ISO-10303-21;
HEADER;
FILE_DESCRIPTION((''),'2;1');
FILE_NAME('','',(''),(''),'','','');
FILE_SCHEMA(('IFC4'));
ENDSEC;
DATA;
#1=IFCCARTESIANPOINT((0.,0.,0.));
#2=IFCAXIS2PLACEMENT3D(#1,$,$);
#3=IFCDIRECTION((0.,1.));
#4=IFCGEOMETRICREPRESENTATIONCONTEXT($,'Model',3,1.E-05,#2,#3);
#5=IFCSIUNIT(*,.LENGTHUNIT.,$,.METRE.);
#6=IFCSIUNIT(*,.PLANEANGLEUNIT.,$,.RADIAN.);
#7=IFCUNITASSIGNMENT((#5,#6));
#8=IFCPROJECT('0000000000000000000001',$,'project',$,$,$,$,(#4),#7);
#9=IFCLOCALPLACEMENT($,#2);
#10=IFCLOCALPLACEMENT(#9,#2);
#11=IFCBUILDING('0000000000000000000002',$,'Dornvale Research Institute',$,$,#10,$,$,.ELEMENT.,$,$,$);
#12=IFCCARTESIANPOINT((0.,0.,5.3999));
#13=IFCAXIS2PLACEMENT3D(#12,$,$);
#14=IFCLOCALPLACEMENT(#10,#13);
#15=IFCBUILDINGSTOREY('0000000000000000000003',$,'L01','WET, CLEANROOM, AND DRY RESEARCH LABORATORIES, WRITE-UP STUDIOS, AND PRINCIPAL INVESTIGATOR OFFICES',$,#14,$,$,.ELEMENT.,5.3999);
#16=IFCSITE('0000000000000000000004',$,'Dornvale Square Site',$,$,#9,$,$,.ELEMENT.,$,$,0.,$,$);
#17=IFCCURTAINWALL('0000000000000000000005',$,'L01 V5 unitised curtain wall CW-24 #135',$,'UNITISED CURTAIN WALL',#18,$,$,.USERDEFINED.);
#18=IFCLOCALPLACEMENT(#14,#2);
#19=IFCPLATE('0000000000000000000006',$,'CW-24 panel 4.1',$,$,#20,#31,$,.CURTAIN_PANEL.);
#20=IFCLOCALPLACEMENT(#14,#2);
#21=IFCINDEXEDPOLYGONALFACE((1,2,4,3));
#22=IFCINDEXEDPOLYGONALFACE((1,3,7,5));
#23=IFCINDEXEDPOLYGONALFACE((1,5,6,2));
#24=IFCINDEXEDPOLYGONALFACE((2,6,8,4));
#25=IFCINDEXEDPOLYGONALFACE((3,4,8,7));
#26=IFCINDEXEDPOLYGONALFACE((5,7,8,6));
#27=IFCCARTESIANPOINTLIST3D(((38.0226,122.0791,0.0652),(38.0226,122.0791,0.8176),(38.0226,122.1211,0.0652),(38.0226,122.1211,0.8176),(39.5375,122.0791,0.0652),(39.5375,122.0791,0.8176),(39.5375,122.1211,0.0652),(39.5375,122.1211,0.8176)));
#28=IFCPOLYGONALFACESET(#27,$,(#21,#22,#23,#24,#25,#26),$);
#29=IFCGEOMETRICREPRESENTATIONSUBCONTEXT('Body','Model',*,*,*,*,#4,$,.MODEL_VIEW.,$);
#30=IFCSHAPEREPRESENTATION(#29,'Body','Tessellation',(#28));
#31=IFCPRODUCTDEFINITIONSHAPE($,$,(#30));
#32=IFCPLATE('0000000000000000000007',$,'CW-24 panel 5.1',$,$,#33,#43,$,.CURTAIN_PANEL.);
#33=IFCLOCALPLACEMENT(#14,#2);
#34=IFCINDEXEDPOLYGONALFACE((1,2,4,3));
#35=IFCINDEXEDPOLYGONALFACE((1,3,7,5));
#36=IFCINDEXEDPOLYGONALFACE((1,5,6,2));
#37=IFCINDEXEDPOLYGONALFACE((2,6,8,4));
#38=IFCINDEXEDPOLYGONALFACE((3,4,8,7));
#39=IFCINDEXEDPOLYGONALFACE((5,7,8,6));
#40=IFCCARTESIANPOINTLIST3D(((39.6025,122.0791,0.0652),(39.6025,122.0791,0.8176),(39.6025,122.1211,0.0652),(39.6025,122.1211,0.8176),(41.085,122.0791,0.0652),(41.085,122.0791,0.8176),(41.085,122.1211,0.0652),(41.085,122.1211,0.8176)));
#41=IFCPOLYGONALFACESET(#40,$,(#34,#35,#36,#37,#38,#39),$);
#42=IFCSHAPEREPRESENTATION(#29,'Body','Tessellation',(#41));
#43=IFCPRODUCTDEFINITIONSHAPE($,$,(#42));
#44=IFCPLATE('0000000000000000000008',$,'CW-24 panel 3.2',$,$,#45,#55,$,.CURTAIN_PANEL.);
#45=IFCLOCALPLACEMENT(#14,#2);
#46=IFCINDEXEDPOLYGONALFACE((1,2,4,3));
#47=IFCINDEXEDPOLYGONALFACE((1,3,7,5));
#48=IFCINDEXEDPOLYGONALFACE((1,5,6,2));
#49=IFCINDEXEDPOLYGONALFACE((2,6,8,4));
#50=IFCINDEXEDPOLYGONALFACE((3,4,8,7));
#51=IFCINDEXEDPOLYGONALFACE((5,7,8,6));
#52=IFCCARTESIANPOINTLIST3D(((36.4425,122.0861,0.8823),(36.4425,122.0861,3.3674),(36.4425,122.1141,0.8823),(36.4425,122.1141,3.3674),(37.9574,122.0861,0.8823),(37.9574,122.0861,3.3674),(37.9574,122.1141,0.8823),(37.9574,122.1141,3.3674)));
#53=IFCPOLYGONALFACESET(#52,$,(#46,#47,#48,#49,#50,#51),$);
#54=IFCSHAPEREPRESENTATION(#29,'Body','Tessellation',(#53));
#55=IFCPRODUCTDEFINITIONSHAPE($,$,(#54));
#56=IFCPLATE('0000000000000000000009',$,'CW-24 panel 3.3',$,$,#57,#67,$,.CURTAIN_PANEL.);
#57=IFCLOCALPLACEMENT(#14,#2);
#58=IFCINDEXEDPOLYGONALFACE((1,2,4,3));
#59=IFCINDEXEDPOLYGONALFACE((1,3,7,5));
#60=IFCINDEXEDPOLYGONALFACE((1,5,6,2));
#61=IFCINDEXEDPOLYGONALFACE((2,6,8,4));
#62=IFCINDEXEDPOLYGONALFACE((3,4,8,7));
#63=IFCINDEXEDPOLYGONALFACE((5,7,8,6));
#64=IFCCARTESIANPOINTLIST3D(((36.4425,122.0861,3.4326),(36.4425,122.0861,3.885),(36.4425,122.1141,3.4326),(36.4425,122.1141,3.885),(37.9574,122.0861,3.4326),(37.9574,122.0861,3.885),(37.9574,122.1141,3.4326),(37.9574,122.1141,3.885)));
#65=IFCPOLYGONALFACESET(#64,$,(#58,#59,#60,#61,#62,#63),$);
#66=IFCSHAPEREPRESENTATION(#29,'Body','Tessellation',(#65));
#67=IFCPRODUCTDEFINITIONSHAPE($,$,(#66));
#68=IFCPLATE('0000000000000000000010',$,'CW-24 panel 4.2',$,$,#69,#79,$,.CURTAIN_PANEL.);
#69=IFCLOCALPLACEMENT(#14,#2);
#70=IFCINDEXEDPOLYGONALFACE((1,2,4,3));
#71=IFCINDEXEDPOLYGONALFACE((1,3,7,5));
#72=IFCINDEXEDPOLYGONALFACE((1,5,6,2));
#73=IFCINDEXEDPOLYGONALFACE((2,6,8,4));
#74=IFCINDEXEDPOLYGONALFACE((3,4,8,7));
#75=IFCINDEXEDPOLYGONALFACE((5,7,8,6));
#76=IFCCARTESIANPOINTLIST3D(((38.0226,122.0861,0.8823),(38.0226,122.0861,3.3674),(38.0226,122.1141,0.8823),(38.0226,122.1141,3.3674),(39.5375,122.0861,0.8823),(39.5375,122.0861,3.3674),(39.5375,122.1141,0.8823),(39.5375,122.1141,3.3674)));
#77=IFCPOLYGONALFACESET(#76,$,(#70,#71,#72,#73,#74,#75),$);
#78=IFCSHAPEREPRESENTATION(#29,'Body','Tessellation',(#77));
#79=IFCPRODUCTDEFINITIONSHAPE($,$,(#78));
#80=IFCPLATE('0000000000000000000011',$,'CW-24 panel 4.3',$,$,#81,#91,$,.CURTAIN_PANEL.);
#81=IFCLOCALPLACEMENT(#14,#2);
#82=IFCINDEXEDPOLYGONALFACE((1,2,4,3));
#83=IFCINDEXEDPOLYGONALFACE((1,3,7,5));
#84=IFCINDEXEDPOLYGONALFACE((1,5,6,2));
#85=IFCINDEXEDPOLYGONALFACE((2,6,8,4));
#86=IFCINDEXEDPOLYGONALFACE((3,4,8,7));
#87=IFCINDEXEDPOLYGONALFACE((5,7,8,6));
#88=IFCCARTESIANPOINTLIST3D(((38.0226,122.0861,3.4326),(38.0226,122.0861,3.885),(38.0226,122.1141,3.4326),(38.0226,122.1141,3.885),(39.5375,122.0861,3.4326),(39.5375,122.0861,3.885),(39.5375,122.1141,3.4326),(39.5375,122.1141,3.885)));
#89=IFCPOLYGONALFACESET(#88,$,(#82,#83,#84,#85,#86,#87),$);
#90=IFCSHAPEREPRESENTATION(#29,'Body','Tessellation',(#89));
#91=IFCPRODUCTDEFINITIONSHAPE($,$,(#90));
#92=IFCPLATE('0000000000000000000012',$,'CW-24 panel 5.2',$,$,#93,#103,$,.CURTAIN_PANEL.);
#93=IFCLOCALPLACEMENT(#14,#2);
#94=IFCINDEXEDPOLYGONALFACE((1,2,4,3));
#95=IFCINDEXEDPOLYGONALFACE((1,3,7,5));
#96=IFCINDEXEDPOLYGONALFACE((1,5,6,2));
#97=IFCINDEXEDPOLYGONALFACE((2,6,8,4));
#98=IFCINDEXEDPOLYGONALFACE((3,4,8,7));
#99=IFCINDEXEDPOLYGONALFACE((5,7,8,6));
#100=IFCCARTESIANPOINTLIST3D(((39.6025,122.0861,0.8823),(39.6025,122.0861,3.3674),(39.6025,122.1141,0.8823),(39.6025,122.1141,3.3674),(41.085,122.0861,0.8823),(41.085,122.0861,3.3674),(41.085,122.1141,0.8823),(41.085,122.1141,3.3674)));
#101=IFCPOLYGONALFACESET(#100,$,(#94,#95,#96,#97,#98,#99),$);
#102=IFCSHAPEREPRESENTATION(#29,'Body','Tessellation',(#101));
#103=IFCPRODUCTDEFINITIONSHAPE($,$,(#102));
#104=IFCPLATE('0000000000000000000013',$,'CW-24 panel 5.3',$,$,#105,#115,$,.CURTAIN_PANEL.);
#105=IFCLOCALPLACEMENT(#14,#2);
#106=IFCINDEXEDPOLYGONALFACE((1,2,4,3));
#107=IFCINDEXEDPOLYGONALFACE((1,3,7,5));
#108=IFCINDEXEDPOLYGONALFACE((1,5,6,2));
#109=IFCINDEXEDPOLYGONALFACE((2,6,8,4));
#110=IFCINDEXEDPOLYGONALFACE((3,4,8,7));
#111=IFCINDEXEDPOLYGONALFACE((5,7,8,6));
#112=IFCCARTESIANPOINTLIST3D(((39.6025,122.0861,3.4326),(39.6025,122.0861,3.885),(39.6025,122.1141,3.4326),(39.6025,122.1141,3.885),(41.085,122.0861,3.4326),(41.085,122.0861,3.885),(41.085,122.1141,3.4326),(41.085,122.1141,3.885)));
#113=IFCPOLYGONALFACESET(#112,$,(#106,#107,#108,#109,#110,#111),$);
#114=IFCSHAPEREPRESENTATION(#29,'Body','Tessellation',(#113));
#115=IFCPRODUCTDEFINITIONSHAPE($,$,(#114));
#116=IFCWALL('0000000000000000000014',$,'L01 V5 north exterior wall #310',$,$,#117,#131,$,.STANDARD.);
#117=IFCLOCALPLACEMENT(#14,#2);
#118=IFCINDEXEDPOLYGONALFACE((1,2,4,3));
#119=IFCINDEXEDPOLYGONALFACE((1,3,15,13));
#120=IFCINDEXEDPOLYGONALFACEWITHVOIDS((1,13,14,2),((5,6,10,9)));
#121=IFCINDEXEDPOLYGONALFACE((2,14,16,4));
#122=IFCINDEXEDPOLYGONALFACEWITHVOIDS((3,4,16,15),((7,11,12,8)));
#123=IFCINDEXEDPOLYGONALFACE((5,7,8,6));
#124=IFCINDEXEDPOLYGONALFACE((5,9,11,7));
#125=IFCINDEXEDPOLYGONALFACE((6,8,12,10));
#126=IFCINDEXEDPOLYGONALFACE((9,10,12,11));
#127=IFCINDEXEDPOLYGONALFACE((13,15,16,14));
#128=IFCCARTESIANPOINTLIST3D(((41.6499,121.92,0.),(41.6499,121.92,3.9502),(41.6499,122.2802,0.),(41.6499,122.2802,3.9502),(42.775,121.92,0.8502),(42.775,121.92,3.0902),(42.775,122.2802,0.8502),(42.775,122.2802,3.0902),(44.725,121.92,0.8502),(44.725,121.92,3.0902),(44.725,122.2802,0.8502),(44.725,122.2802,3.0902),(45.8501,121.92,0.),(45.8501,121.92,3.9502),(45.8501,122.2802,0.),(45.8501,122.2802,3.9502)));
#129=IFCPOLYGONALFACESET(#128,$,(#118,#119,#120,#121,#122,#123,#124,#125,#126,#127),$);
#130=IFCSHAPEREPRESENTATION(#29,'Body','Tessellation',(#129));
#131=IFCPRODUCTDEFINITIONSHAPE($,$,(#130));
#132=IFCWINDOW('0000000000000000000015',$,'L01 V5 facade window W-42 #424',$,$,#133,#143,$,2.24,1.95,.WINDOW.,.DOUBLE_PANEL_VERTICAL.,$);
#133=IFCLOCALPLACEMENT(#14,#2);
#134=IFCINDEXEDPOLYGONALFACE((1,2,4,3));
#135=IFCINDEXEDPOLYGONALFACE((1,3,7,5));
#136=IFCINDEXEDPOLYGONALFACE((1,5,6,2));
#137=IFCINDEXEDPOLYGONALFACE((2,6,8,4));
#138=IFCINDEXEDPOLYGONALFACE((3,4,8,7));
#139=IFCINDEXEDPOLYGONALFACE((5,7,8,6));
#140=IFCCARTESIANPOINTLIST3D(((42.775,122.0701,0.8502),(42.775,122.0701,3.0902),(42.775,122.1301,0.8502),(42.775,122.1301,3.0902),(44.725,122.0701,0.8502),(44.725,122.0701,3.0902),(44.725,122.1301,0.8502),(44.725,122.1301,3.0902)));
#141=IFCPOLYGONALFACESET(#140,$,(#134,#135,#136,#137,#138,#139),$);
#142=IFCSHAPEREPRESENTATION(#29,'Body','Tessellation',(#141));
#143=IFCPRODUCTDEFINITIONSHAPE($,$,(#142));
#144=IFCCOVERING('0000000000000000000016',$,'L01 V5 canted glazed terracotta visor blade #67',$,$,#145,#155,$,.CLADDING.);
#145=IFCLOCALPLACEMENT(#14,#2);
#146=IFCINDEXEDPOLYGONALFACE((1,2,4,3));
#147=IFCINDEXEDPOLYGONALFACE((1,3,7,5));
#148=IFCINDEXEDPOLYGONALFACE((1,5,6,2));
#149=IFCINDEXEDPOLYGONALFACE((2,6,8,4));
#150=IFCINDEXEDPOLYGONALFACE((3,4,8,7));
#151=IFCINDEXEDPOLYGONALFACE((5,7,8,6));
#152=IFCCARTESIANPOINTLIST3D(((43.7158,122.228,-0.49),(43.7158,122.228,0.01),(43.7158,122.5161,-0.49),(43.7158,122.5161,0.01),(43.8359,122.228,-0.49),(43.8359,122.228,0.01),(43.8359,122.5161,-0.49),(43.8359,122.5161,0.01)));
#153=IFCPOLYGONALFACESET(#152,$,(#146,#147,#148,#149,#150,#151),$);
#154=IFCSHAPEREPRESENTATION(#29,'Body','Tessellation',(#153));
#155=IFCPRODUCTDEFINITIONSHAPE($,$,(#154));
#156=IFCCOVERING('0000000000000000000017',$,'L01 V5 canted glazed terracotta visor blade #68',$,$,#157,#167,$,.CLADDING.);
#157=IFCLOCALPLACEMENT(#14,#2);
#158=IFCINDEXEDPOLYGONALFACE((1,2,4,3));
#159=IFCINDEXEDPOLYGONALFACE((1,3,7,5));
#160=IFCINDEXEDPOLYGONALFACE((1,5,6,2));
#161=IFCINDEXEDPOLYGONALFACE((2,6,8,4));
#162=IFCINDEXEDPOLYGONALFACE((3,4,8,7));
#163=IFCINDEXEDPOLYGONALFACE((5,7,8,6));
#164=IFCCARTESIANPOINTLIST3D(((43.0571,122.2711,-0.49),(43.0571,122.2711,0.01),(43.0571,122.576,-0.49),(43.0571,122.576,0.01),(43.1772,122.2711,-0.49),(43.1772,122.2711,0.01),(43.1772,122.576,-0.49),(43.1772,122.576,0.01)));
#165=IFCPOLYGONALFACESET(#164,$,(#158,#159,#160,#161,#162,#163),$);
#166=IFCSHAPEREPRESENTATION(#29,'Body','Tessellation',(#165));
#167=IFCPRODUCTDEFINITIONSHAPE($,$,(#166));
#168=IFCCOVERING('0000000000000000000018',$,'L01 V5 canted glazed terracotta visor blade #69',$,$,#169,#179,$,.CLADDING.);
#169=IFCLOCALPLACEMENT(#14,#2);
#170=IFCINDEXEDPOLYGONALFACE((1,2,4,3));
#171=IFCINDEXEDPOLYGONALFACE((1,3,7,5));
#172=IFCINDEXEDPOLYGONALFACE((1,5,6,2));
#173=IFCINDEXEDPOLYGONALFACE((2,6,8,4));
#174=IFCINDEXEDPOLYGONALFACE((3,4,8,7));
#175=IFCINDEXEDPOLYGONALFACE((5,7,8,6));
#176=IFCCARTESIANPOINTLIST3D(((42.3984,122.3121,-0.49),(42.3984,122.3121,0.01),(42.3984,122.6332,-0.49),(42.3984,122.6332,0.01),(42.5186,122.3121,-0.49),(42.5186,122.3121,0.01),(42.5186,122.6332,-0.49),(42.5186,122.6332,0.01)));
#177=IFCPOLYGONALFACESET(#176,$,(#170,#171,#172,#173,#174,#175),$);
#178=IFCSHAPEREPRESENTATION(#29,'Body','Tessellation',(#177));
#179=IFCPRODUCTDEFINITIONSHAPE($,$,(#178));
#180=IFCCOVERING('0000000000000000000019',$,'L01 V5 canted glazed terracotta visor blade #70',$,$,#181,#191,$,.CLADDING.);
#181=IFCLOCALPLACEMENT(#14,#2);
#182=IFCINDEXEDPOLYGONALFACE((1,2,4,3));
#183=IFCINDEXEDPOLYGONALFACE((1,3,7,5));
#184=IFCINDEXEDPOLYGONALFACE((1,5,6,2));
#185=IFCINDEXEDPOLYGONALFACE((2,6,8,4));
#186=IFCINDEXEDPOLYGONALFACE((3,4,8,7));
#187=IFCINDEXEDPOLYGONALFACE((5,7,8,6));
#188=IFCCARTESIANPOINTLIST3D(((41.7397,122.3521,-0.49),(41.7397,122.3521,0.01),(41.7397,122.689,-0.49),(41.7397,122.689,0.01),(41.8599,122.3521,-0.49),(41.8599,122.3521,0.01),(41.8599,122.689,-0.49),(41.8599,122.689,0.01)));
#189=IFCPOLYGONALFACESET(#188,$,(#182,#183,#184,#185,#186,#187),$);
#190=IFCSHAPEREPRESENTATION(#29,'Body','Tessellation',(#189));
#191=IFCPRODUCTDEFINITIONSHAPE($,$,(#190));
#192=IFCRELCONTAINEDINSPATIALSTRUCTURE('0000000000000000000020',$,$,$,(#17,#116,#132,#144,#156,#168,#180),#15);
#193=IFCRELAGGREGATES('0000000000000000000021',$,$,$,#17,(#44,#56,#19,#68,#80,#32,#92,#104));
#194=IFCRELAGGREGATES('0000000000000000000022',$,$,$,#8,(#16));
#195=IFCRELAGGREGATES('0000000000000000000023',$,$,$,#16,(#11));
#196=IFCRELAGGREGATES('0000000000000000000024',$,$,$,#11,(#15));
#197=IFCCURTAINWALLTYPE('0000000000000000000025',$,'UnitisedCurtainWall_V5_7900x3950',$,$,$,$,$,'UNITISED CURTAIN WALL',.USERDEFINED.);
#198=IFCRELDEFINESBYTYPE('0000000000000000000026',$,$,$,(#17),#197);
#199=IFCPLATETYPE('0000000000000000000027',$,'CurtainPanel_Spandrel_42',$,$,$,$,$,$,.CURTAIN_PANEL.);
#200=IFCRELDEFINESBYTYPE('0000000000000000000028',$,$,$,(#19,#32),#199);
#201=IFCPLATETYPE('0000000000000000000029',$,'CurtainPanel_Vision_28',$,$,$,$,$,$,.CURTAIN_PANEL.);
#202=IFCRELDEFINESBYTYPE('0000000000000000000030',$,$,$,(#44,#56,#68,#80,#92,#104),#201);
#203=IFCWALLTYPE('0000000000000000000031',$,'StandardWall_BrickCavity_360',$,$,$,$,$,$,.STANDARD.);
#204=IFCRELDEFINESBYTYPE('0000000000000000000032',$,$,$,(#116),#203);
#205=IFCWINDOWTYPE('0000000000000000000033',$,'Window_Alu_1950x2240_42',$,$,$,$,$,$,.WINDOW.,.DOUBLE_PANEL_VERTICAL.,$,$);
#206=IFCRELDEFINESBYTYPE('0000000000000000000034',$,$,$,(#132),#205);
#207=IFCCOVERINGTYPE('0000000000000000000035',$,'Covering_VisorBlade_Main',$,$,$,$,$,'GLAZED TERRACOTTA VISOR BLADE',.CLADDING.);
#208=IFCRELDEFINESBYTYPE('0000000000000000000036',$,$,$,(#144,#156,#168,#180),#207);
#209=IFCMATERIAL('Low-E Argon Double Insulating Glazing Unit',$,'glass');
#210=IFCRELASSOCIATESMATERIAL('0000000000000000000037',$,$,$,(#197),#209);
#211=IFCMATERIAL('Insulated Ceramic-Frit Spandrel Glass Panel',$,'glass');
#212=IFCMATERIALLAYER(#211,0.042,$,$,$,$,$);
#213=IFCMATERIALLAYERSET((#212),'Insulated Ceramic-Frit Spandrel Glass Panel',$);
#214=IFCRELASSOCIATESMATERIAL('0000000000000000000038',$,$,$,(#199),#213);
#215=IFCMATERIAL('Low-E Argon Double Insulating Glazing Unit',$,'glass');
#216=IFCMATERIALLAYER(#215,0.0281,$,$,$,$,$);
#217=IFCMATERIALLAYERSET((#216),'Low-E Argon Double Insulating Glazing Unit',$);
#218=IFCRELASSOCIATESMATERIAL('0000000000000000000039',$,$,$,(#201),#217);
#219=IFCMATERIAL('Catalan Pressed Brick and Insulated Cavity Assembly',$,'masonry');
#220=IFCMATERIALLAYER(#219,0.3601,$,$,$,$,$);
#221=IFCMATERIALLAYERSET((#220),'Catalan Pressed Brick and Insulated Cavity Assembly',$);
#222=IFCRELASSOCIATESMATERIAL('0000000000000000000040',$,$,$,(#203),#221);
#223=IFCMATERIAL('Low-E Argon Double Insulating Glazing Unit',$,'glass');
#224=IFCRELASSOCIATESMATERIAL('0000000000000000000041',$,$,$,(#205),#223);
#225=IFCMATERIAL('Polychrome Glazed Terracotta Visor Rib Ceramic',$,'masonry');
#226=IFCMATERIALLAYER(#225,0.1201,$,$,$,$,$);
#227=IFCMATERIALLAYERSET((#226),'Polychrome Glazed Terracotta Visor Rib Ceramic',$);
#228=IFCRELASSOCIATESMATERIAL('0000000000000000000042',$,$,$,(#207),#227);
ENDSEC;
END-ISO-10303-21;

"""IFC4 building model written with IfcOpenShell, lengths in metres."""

from ifc_helpers import new_model, si_unit, direction, frame, frame_2d, origin, origin_2d, place, context, subcontext, project, spatial, rectangle, extrude, material, layer, layer_set, type_object, element, fill, aggregate, save


model = new_model("IFC4")

# Units and contexts
model_context = context("Model", 3, precision=1e-05, world=origin(), true_north=direction((0.0, 1.0)))
body_context = subcontext(model_context, "Body", "Model", "MODEL_VIEW")
ifc_project = project(units=[si_unit("LENGTHUNIT", "METRE"), si_unit("PLANEANGLEUNIT", "RADIAN")], contexts=[model_context])

# Site, building, storey
site_placement = place(None, origin())
site = spatial("IfcSite", under=ifc_project, at=site_placement, Name="Dornvale Square Site", CompositionType="ELEMENT", RefElevation=0.0)
building_placement = place(site_placement, origin())
building = spatial("IfcBuilding", under=site, at=building_placement, Name="Dornvale Research Institute", CompositionType="ELEMENT")
storey_placement = place(building_placement, frame((0.0, 0.0, 5.3999)))
storey = spatial("IfcBuildingStorey", under=building, at=storey_placement, Name="L01", Description="WET, CLEANROOM, AND DRY RESEARCH LABORATORIES, WRITE-UP STUDIOS, AND PRINCIPAL INVESTIGATOR OFFICES", CompositionType="ELEMENT", Elevation=5.3999)

# Curtain wall
ifc_material_1 = material(Name="Low-E Argon Double Insulating Glazing Unit", Category="glass")
curtain_wall_type = type_object("IfcCurtainWallType", Name="UnitisedCurtainWall_V5_7900x3950", ElementType="UNITISED CURTAIN WALL", PredefinedType="USERDEFINED", material=ifc_material_1)
curtain_wall_placement = place(storey_placement, origin())
curtain_wall = element("IfcCurtainWall", 1, at=curtain_wall_placement, inside=storey, type_object=curtain_wall_type, Name="L01 V5 unitised curtain wall CW-24 #135", ObjectType="UNITISED CURTAIN WALL", PredefinedType="USERDEFINED")

# Plates
ifc_material_2 = material(Name="Insulated Ceramic-Frit Spandrel Glass Panel", Category="glass")
ifc_layer_1 = layer(ifc_material_2, 0.042)
ifc_layer_set_1 = layer_set([ifc_layer_1], Name="Insulated Ceramic-Frit Spandrel Glass Panel")
plate_type_1 = type_object("IfcPlateType", Name="CurtainPanel_Spandrel_42", PredefinedType="CURTAIN_PANEL", material=ifc_layer_set_1)
plate_1_placement = place(storey_placement, frame((38.78, 122.1001, 0.0652), z_axis=(0.0, 0.0, 1.0), x_axis=(1.0, 0.0, 0.0)))
plate_1 = element("IfcPlate", 2, at=plate_1_placement, type_object=plate_type_1, Name="CW-24 panel 4.1", PredefinedType="CURTAIN_PANEL", context=body_context, shape_type="SweptSolid", body=[
    extrude(rectangle(XDim=1.5149, YDim=0.042, at=origin_2d()), origin(), (0.0, 0.0, 1.0), 0.7524),
])
plate_2_placement = place(storey_placement, frame((40.3438, 122.1001, 0.0652), z_axis=(0.0, 0.0, 1.0), x_axis=(1.0, 0.0, 0.0)))
plate_2 = element("IfcPlate", 3, at=plate_2_placement, type_object=plate_type_1, Name="CW-24 panel 5.1", PredefinedType="CURTAIN_PANEL", context=body_context, shape_type="SweptSolid", body=[
    extrude(rectangle(XDim=1.4824, YDim=0.042, at=origin_2d()), origin(), (0.0, 0.0, 1.0), 0.7524),
])
ifc_material_3 = material(Name="Low-E Argon Double Insulating Glazing Unit", Category="glass")
ifc_layer_2 = layer(ifc_material_3, 0.0281)
ifc_layer_set_2 = layer_set([ifc_layer_2], Name="Low-E Argon Double Insulating Glazing Unit")
plate_type_2 = type_object("IfcPlateType", Name="CurtainPanel_Vision_28", PredefinedType="CURTAIN_PANEL", material=ifc_layer_set_2)
plate_3_placement = place(storey_placement, frame((37.2, 122.1001, 0.8823), z_axis=(0.0, 0.0, 1.0), x_axis=(1.0, 0.0, 0.0)))
plate_3 = element("IfcPlate", 4, at=plate_3_placement, type_object=plate_type_2, Name="CW-24 panel 3.2", PredefinedType="CURTAIN_PANEL", context=body_context, shape_type="SweptSolid", body=[
    extrude(rectangle(XDim=1.5149, YDim=0.0281, at=origin_2d()), origin(), (0.0, 0.0, 1.0), 2.4851),
])
plate_4_placement = place(storey_placement, frame((37.2, 122.1001, 3.4326), z_axis=(0.0, 0.0, 1.0), x_axis=(1.0, 0.0, 0.0)))
plate_4 = element("IfcPlate", 5, at=plate_4_placement, type_object=plate_type_2, Name="CW-24 panel 3.3", PredefinedType="CURTAIN_PANEL", context=body_context, shape_type="SweptSolid", body=[
    extrude(rectangle(XDim=1.5149, YDim=0.0281, at=origin_2d()), origin(), (0.0, 0.0, 1.0), 0.4524),
])
plate_5_placement = place(storey_placement, frame((38.78, 122.1001, 0.8823), z_axis=(0.0, 0.0, 1.0), x_axis=(1.0, 0.0, 0.0)))
plate_5 = element("IfcPlate", 6, at=plate_5_placement, type_object=plate_type_2, Name="CW-24 panel 4.2", PredefinedType="CURTAIN_PANEL", context=body_context, shape_type="SweptSolid", body=[
    extrude(rectangle(XDim=1.5149, YDim=0.0281, at=origin_2d()), origin(), (0.0, 0.0, 1.0), 2.4851),
])
plate_6_placement = place(storey_placement, frame((38.78, 122.1001, 3.4326), z_axis=(0.0, 0.0, 1.0), x_axis=(1.0, 0.0, 0.0)))
plate_6 = element("IfcPlate", 7, at=plate_6_placement, type_object=plate_type_2, Name="CW-24 panel 4.3", PredefinedType="CURTAIN_PANEL", context=body_context, shape_type="SweptSolid", body=[
    extrude(rectangle(XDim=1.5149, YDim=0.0281, at=origin_2d()), origin(), (0.0, 0.0, 1.0), 0.4524),
])
plate_7_placement = place(storey_placement, frame((40.3438, 122.1001, 0.8823), z_axis=(0.0, 0.0, 1.0), x_axis=(1.0, 0.0, 0.0)))
plate_7 = element("IfcPlate", 8, at=plate_7_placement, type_object=plate_type_2, Name="CW-24 panel 5.2", PredefinedType="CURTAIN_PANEL", context=body_context, shape_type="SweptSolid", body=[
    extrude(rectangle(XDim=1.4824, YDim=0.0281, at=origin_2d()), origin(), (0.0, 0.0, 1.0), 2.4851),
])
plate_8_placement = place(storey_placement, frame((40.3438, 122.1001, 3.4326), z_axis=(0.0, 0.0, 1.0), x_axis=(1.0, 0.0, 0.0)))
plate_8 = element("IfcPlate", 9, at=plate_8_placement, type_object=plate_type_2, Name="CW-24 panel 5.3", PredefinedType="CURTAIN_PANEL", context=body_context, shape_type="SweptSolid", body=[
    extrude(rectangle(XDim=1.4824, YDim=0.0281, at=origin_2d()), origin(), (0.0, 0.0, 1.0), 0.4524),
])
aggregate(curtain_wall, [plate_3, plate_4, plate_1, plate_5, plate_6, plate_2, plate_7, plate_8])

# Wall, opening, window
ifc_material_4 = material(Name="Catalan Pressed Brick and Insulated Cavity Assembly", Category="masonry")
ifc_layer_3 = layer(ifc_material_4, 0.3601)
ifc_layer_set_3 = layer_set([ifc_layer_3], Name="Catalan Pressed Brick and Insulated Cavity Assembly")
wall_type = type_object("IfcWallType", Name="StandardWall_BrickCavity_360", PredefinedType="STANDARD", material=ifc_layer_set_3)
wall_placement = place(storey_placement, frame((41.6499, 122.1001, 0.0), z_axis=(0.0, 0.0, 1.0), x_axis=(1.0, 0.0, 0.0)))
wall = element("IfcWall", 10, at=wall_placement, inside=storey, type_object=wall_type, Name="L01 V5 north exterior wall #310", PredefinedType="STANDARD", context=body_context, shape_type="SweptSolid", body=[
    extrude(rectangle(XDim=4.2002, YDim=0.3601, at=frame_2d((2.1001, 0.0))), origin(), (0.0, 0.0, 1.0), 3.9502),
])
opening_placement = place(wall_placement, frame((1.125, 0.0, 0.8501)))
opening = element("IfcOpeningElement", 11, at=opening_placement, cuts=wall, PredefinedType="OPENING", context=body_context, shape_type="SweptSolid", body=[
    extrude(rectangle(XDim=1.95, YDim=2.24, at=frame_2d((0.9751, 1.1201))), frame((0.0, 0.1951, 0.0), z_axis=(0.0, -1.0, 0.0), x_axis=(1.0, 0.0, 0.0)), (0.0, 0.0, 1.0), 0.3901),
])
ifc_material_5 = material(Name="Low-E Argon Double Insulating Glazing Unit", Category="glass")
window_type = type_object("IfcWindowType", Name="Window_Alu_1950x2240_42", PartitioningType="DOUBLE_PANEL_VERTICAL", PredefinedType="WINDOW", material=ifc_material_5)
window_placement = place(opening_placement, origin())
window = element("IfcWindow", 12, at=window_placement, inside=storey, type_object=window_type, Name="L01 V5 facade window W-42 #424", OverallHeight=2.24, OverallWidth=1.95, PartitioningType="DOUBLE_PANEL_VERTICAL", PredefinedType="WINDOW", context=body_context, shape_type="SweptSolid", body=[
    extrude(rectangle(XDim=1.95, YDim=2.24, at=frame_2d((0.9751, 1.1201))), frame((0.0, 0.03, 0.0), z_axis=(0.0, -1.0, 0.0), x_axis=(1.0, 0.0, 0.0)), (0.0, 0.0, 1.0), 0.0601),
])
fill(opening, window)

# Coverings
ifc_material_6 = material(Name="Polychrome Glazed Terracotta Visor Rib Ceramic", Category="masonry")
ifc_layer_4 = layer(ifc_material_6, 0.1201)
ifc_layer_set_4 = layer_set([ifc_layer_4], Name="Polychrome Glazed Terracotta Visor Rib Ceramic")
covering_type = type_object("IfcCoveringType", Name="Covering_VisorBlade_Main", ElementType="GLAZED TERRACOTTA VISOR BLADE", PredefinedType="CLADDING", material=ifc_layer_set_4)
covering_1_placement = place(storey_placement, frame((43.7759, 122.3721, -0.49), z_axis=(0.0, 0.0, 1.0), x_axis=(0.0, 1.0, 0.0)))
element("IfcCovering", 13, at=covering_1_placement, inside=storey, type_object=covering_type, Name="L01 V5 canted glazed terracotta visor blade #67", PredefinedType="CLADDING", context=body_context, shape_type="SweptSolid", body=[
    extrude(rectangle(XDim=0.2881, YDim=0.1201, at=origin_2d()), origin(), (0.0, 0.0, 1.0), 0.5),
])
covering_2_placement = place(storey_placement, frame((43.1172, 122.4236, -0.49), z_axis=(0.0, 0.0, 1.0), x_axis=(0.0, 1.0, 0.0)))
element("IfcCovering", 14, at=covering_2_placement, inside=storey, type_object=covering_type, Name="L01 V5 canted glazed terracotta visor blade #68", PredefinedType="CLADDING", context=body_context, shape_type="SweptSolid", body=[
    extrude(rectangle(XDim=0.3049, YDim=0.1201, at=origin_2d()), origin(), (0.0, 0.0, 1.0), 0.5),
])
covering_3_placement = place(storey_placement, frame((42.4585, 122.4727, -0.49), z_axis=(0.0, 0.0, 1.0), x_axis=(0.0, 1.0, 0.0)))
element("IfcCovering", 15, at=covering_3_placement, inside=storey, type_object=covering_type, Name="L01 V5 canted glazed terracotta visor blade #69", PredefinedType="CLADDING", context=body_context, shape_type="SweptSolid", body=[
    extrude(rectangle(XDim=0.321, YDim=0.1201, at=origin_2d()), origin(), (0.0, 0.0, 1.0), 0.5),
])
covering_4_placement = place(storey_placement, frame((41.7998, 122.5205, -0.49), z_axis=(0.0, 0.0, 1.0), x_axis=(0.0, 1.0, 0.0)))
element("IfcCovering", 16, at=covering_4_placement, inside=storey, type_object=covering_type, Name="L01 V5 canted glazed terracotta visor blade #70", PredefinedType="CLADDING", context=body_context, shape_type="SweptSolid", body=[
    extrude(rectangle(XDim=0.3369, YDim=0.1201, at=origin_2d()), origin(), (0.0, 0.0, 1.0), 0.5),
])

save(model, "model.ifc")
